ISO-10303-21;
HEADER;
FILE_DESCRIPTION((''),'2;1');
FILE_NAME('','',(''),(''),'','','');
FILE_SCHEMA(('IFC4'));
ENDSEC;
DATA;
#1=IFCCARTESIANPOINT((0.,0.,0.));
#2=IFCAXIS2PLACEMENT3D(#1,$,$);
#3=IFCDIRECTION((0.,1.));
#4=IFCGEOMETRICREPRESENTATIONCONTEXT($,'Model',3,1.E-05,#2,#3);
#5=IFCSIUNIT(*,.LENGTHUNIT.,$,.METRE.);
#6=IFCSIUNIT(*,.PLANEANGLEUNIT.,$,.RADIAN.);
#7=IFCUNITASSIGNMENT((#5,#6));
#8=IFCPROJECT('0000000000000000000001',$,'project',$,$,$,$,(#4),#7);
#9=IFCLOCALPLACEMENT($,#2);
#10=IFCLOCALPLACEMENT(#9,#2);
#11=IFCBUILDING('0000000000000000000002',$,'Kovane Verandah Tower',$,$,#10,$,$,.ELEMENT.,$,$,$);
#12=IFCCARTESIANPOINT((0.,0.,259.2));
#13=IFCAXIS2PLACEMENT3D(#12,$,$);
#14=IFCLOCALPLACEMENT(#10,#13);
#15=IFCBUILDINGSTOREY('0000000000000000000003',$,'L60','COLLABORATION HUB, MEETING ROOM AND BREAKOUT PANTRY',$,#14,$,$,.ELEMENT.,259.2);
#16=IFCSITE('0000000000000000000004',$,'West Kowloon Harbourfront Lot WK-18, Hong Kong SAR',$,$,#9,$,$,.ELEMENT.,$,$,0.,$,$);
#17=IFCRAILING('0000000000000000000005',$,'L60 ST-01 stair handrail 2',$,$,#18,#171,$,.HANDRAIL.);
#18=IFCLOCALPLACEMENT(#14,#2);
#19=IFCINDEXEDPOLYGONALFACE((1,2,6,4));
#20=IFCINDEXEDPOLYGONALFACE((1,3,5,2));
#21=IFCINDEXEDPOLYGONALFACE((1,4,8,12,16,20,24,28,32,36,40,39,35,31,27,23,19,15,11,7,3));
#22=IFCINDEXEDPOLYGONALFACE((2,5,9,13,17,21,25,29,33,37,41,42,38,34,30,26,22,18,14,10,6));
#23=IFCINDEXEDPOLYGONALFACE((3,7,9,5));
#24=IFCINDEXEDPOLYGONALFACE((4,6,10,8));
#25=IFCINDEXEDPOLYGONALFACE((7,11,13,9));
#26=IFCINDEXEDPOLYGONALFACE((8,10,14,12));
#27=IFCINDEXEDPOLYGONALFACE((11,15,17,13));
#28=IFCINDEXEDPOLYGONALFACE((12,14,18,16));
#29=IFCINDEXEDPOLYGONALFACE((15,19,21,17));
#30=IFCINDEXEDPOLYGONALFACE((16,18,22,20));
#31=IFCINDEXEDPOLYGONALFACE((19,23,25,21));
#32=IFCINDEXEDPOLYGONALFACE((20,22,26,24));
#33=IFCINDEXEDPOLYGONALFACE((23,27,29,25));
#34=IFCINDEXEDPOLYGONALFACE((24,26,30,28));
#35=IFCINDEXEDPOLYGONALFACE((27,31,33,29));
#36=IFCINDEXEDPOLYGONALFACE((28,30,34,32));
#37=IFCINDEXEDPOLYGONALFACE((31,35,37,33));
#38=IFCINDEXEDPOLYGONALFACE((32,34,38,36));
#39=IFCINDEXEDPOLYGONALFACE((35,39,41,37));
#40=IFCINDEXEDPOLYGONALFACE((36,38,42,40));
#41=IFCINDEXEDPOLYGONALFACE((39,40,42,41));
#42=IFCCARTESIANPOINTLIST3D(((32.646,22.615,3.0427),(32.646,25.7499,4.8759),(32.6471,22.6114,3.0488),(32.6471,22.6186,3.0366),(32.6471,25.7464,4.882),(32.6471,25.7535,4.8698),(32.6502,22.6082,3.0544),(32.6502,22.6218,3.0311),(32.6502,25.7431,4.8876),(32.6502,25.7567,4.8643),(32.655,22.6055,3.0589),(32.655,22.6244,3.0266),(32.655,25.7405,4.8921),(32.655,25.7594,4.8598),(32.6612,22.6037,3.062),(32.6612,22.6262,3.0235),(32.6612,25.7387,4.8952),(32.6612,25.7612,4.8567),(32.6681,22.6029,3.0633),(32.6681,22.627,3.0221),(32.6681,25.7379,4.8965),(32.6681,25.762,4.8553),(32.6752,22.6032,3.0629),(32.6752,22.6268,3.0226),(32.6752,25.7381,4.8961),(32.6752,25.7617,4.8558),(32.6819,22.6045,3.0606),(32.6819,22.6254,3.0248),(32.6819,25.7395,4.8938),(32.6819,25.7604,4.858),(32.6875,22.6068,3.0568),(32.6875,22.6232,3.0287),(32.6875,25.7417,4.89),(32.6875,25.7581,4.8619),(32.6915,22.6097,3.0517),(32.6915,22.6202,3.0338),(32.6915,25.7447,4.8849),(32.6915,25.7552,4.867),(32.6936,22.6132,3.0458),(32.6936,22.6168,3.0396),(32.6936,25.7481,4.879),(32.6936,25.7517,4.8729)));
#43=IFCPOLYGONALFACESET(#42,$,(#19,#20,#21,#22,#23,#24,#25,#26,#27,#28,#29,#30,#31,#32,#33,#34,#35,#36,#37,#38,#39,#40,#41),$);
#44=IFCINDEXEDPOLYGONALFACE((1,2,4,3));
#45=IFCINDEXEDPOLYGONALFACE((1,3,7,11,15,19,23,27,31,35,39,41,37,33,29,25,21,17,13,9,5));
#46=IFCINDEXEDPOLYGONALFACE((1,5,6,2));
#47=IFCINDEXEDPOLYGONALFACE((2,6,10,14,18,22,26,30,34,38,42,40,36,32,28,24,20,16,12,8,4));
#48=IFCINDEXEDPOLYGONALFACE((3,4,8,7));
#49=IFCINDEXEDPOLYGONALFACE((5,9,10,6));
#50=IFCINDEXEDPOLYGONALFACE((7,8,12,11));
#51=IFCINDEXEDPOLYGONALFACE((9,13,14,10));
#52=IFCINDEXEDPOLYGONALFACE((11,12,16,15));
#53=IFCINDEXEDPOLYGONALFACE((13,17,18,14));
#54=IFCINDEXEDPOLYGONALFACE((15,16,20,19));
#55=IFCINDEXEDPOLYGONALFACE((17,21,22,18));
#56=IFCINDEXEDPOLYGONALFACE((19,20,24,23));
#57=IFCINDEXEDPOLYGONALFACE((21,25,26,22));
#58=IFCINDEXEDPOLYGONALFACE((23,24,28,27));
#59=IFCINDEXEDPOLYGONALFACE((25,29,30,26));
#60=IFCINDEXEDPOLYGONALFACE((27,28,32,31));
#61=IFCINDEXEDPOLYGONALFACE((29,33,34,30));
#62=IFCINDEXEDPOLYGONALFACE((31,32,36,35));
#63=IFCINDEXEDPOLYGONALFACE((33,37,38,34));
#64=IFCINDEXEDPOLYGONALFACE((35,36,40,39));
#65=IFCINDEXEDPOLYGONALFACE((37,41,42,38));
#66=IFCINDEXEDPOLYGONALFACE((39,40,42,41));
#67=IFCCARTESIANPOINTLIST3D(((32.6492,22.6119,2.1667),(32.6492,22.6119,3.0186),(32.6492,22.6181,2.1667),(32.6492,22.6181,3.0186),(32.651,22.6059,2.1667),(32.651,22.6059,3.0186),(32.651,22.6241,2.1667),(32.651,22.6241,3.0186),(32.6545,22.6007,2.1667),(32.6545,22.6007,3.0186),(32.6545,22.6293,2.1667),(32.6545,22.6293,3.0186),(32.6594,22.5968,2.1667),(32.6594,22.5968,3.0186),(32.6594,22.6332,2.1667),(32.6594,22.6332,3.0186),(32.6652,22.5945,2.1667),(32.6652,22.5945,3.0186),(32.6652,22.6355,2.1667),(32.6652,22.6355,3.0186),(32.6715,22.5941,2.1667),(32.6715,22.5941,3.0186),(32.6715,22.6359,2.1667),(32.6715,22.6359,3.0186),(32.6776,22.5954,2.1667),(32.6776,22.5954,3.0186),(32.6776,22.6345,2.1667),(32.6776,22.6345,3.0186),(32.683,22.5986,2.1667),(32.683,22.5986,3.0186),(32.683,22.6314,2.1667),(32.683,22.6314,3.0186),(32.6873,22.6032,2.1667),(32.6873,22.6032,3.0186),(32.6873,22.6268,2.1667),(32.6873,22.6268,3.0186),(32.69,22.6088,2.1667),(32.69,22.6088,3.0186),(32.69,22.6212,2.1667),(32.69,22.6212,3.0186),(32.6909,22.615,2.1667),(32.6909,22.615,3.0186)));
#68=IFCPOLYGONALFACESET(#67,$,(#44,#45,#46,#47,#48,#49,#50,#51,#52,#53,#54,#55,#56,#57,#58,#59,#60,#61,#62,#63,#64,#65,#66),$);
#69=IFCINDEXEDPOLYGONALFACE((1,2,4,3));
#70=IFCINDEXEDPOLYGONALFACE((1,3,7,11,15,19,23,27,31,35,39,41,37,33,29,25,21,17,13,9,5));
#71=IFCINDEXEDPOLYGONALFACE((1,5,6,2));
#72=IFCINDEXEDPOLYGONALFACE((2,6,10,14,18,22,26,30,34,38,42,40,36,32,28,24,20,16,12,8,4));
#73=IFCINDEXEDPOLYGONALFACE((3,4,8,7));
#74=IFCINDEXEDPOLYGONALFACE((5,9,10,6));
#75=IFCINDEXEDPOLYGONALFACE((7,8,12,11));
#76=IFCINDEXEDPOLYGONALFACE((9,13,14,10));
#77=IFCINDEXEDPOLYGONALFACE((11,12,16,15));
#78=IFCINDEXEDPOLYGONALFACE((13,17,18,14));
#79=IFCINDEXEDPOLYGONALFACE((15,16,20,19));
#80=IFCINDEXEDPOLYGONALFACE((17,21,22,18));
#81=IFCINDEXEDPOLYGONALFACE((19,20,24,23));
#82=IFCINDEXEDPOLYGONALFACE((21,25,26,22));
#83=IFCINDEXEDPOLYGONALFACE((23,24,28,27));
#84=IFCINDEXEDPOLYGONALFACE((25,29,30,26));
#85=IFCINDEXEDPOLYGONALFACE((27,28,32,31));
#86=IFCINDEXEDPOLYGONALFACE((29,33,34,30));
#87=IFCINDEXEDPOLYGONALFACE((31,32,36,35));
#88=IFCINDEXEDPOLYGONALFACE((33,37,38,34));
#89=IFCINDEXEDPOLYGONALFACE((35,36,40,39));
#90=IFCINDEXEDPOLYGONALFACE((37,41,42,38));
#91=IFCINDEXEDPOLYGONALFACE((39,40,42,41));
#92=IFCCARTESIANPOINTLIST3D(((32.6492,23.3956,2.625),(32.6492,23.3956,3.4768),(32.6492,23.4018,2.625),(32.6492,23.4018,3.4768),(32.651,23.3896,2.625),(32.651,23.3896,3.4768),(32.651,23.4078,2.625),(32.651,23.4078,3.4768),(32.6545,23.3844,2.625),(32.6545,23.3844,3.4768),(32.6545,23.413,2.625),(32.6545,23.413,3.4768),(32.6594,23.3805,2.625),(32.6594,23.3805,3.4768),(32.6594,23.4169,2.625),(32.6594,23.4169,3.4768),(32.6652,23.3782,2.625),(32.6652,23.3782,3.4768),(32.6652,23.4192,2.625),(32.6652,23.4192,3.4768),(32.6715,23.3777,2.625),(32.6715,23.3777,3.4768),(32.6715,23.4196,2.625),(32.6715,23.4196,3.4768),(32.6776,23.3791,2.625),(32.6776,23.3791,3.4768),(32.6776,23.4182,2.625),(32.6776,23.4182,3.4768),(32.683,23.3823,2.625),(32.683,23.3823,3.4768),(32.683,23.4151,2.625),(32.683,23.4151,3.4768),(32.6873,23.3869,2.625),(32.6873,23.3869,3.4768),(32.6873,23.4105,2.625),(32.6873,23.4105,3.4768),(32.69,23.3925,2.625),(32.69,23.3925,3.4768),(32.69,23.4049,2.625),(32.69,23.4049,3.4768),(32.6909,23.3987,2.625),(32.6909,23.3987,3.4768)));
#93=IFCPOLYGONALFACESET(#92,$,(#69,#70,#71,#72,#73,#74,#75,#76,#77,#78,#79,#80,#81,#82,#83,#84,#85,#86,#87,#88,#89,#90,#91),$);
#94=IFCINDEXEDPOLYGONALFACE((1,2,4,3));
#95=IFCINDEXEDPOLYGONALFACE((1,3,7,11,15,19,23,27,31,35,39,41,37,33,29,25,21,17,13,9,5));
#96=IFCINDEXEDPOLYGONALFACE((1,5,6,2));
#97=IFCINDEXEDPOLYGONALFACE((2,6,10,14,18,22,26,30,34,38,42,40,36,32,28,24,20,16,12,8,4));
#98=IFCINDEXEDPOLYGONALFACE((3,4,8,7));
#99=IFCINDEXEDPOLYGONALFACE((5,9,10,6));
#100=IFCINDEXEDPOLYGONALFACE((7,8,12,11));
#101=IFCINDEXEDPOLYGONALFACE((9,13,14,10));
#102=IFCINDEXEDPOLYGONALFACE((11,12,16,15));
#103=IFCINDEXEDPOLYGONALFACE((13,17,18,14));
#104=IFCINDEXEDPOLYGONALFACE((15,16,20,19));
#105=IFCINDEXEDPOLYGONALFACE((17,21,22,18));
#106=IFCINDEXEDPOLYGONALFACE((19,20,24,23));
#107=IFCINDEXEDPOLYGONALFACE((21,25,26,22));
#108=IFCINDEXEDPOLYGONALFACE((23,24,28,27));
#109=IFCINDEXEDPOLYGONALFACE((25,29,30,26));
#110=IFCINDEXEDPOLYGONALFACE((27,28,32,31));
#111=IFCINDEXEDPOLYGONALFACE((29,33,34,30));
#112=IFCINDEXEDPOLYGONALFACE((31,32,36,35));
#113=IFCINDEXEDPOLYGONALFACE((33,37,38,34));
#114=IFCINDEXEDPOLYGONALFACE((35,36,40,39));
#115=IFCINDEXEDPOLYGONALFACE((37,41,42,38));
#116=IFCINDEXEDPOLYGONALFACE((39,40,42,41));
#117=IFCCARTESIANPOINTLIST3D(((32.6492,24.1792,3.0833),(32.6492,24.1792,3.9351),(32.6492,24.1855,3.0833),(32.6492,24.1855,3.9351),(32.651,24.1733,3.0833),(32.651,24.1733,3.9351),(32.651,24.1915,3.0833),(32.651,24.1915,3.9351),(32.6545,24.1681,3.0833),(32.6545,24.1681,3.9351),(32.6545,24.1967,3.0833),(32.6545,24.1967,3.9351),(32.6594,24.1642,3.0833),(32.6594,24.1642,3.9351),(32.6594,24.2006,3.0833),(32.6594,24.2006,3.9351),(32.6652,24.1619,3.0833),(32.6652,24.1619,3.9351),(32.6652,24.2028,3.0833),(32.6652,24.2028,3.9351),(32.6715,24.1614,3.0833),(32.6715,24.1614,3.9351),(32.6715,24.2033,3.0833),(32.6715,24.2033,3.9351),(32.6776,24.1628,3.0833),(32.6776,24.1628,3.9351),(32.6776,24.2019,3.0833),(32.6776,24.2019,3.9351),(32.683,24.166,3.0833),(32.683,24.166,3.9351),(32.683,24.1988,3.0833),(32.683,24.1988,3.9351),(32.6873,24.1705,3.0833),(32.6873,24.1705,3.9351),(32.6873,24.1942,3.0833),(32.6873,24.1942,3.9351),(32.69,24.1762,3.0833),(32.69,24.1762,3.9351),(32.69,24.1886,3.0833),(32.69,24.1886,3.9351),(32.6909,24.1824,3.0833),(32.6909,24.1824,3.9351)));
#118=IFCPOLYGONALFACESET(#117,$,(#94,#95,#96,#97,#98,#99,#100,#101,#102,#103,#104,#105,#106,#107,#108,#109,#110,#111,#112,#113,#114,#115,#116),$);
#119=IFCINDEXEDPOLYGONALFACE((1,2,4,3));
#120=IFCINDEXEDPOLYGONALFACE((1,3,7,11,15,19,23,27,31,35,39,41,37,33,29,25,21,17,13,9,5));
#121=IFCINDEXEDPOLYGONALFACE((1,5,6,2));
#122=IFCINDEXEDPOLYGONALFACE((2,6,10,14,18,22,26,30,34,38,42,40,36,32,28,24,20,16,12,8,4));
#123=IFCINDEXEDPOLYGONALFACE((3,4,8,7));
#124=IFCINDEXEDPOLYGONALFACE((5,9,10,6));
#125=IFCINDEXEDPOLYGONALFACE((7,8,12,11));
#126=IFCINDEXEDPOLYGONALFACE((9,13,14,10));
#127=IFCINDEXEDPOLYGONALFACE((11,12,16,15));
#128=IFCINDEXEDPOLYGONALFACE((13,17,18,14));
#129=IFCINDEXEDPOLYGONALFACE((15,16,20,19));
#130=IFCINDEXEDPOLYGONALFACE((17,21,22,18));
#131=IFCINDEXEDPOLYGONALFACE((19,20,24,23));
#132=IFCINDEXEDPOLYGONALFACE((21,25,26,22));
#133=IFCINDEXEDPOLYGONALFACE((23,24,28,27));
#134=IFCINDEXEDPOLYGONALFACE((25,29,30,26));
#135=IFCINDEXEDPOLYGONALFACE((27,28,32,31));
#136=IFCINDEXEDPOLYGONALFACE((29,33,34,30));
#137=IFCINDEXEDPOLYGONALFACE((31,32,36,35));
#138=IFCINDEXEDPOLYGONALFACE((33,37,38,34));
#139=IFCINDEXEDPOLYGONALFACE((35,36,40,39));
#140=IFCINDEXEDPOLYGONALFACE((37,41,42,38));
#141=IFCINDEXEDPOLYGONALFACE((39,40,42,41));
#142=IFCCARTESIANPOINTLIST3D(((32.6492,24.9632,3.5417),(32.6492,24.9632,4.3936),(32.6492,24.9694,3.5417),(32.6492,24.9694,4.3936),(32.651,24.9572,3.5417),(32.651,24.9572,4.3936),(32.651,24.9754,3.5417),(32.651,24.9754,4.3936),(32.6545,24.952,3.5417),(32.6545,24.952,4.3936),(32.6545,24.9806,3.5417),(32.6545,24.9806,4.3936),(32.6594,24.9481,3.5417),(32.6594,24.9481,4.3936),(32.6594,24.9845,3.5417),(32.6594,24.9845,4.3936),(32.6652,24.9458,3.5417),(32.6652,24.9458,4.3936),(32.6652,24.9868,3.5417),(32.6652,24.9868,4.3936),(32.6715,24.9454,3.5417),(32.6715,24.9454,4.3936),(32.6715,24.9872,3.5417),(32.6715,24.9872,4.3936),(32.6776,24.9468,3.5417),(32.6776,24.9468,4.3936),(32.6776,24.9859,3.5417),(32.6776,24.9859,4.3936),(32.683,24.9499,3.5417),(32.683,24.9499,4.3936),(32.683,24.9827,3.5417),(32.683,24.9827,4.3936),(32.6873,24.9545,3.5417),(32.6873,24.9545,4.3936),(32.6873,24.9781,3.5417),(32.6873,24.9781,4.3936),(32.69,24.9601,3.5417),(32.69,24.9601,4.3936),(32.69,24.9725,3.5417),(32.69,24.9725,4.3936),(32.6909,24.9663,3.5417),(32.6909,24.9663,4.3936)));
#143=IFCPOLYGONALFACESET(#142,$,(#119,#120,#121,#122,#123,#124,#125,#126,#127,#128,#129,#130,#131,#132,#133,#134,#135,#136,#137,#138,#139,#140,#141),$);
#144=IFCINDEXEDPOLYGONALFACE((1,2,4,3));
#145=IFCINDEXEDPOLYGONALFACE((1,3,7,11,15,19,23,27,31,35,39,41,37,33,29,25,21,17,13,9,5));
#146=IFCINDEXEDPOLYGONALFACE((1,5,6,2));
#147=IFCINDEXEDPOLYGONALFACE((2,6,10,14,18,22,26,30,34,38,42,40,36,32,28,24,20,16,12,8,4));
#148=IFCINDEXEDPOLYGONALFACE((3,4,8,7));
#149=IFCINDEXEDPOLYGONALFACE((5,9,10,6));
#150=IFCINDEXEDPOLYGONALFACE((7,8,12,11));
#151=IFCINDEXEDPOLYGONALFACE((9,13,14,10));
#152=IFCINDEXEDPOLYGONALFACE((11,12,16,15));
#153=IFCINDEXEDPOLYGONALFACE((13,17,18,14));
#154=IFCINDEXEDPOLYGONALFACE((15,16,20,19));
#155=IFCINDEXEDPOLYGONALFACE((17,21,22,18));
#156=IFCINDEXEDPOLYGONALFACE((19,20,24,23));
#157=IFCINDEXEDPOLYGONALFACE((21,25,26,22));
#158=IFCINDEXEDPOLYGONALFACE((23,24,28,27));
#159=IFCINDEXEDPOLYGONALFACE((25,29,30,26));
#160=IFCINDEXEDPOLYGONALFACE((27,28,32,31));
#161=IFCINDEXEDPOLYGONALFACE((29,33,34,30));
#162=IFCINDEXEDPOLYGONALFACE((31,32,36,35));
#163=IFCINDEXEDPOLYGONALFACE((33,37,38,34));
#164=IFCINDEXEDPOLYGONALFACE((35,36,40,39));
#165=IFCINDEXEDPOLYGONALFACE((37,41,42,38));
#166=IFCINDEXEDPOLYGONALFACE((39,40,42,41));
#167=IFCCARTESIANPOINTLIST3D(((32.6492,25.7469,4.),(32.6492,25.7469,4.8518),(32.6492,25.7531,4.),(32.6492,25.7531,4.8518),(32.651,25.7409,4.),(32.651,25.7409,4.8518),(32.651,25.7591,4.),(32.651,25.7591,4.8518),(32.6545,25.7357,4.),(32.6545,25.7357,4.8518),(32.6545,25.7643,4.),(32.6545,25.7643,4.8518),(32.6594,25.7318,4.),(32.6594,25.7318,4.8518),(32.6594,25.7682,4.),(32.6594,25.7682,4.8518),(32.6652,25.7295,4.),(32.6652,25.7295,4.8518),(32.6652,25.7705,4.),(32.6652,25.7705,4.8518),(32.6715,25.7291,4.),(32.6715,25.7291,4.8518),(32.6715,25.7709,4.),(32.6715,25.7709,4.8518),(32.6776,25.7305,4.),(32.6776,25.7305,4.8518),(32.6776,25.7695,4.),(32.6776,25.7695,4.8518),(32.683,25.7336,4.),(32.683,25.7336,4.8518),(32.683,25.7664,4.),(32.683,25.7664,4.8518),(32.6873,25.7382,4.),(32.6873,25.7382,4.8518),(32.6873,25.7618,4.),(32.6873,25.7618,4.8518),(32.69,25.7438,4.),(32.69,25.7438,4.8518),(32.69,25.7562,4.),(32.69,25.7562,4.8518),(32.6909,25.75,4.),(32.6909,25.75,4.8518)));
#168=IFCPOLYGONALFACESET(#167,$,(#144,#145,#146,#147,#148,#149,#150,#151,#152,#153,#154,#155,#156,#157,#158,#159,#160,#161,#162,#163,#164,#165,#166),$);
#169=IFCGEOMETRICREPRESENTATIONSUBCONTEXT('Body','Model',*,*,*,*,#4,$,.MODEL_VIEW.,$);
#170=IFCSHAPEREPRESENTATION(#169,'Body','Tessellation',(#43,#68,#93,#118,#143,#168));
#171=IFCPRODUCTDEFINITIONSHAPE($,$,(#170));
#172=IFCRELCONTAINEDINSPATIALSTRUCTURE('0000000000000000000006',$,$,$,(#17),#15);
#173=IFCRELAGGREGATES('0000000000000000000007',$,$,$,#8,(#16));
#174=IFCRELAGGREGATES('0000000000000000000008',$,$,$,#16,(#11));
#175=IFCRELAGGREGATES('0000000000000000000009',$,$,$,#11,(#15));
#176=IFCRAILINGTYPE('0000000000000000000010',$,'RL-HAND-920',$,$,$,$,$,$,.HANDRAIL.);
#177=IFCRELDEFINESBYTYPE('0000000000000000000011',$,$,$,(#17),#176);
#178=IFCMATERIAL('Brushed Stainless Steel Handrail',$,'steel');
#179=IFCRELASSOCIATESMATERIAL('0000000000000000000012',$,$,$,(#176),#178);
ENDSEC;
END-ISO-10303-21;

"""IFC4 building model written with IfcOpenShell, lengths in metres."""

from ifc_helpers import new_model, si_unit, direction, frame, origin, origin_2d, place, context, subcontext, project, spatial, circle, extrude, material, type_object, element, save


model = new_model("IFC4")

# Units and contexts
model_context = context("Model", 3, precision=1e-05, world=origin(), true_north=direction((0.0, 1.0)))
body_context = subcontext(model_context, "Body", "Model", "MODEL_VIEW")
ifc_project = project(units=[si_unit("LENGTHUNIT", "METRE"), si_unit("PLANEANGLEUNIT", "RADIAN")], contexts=[model_context])

# Site, building, storey
site_placement = place(None, origin())
site = spatial("IfcSite", under=ifc_project, at=site_placement, Name="West Kowloon Harbourfront Lot WK-18, Hong Kong SAR", CompositionType="ELEMENT", RefElevation=0.0)
building_placement = place(site_placement, origin())
building = spatial("IfcBuilding", under=site, at=building_placement, Name="Kovane Verandah Tower", CompositionType="ELEMENT")
storey_placement = place(building_placement, frame((0.0, 0.0, 259.2)))
storey = spatial("IfcBuildingStorey", under=building, at=storey_placement, Name="L60", Description="COLLABORATION HUB, MEETING ROOM AND BREAKOUT PANTRY", CompositionType="ELEMENT", Elevation=259.2)

# Railing
ifc_material_1 = material(Name="Brushed Stainless Steel Handrail", Category="steel")
railing_type_1 = type_object("IfcRailingType", Name="RL-HAND-920", PredefinedType="HANDRAIL", material=ifc_material_1)
railing_1_placement = place(storey_placement, frame((32.6699, 22.615, 2.1667)))
element("IfcRailing", 1, at=railing_1_placement, inside=storey, type_object=railing_type_1, Name="L60 ST-01 stair handrail 2", PredefinedType="HANDRAIL", context=body_context, shape_type="SweptSolid", body=[
    extrude(circle(Radius=0.0239, at=origin_2d()), frame((0.0, 0.0, 0.876), z_axis=(0.0, 0.86324, 0.504794), x_axis=(-1.0, 0.0, 0.0)), (0.0, 0.0, 1.0), 3.6316),
    extrude(circle(Radius=0.021, at=origin_2d()), origin(), (0.0, 0.0, 1.0), 0.8518),
    extrude(circle(Radius=0.021, at=origin_2d()), frame((0.0, 0.7837, 0.4583)), (0.0, 0.0, 1.0), 0.8518),
    extrude(circle(Radius=0.021, at=origin_2d()), frame((0.0, 1.5674, 0.9165)), (0.0, 0.0, 1.0), 0.8518),
    extrude(circle(Radius=0.021, at=origin_2d()), frame((0.0, 2.3513, 1.375)), (0.0, 0.0, 1.0), 0.8518),
    extrude(circle(Radius=0.021, at=origin_2d()), frame((0.0, 3.135, 1.8333)), (0.0, 0.0, 1.0), 0.8518),
])

save(model, "model.ifc")
